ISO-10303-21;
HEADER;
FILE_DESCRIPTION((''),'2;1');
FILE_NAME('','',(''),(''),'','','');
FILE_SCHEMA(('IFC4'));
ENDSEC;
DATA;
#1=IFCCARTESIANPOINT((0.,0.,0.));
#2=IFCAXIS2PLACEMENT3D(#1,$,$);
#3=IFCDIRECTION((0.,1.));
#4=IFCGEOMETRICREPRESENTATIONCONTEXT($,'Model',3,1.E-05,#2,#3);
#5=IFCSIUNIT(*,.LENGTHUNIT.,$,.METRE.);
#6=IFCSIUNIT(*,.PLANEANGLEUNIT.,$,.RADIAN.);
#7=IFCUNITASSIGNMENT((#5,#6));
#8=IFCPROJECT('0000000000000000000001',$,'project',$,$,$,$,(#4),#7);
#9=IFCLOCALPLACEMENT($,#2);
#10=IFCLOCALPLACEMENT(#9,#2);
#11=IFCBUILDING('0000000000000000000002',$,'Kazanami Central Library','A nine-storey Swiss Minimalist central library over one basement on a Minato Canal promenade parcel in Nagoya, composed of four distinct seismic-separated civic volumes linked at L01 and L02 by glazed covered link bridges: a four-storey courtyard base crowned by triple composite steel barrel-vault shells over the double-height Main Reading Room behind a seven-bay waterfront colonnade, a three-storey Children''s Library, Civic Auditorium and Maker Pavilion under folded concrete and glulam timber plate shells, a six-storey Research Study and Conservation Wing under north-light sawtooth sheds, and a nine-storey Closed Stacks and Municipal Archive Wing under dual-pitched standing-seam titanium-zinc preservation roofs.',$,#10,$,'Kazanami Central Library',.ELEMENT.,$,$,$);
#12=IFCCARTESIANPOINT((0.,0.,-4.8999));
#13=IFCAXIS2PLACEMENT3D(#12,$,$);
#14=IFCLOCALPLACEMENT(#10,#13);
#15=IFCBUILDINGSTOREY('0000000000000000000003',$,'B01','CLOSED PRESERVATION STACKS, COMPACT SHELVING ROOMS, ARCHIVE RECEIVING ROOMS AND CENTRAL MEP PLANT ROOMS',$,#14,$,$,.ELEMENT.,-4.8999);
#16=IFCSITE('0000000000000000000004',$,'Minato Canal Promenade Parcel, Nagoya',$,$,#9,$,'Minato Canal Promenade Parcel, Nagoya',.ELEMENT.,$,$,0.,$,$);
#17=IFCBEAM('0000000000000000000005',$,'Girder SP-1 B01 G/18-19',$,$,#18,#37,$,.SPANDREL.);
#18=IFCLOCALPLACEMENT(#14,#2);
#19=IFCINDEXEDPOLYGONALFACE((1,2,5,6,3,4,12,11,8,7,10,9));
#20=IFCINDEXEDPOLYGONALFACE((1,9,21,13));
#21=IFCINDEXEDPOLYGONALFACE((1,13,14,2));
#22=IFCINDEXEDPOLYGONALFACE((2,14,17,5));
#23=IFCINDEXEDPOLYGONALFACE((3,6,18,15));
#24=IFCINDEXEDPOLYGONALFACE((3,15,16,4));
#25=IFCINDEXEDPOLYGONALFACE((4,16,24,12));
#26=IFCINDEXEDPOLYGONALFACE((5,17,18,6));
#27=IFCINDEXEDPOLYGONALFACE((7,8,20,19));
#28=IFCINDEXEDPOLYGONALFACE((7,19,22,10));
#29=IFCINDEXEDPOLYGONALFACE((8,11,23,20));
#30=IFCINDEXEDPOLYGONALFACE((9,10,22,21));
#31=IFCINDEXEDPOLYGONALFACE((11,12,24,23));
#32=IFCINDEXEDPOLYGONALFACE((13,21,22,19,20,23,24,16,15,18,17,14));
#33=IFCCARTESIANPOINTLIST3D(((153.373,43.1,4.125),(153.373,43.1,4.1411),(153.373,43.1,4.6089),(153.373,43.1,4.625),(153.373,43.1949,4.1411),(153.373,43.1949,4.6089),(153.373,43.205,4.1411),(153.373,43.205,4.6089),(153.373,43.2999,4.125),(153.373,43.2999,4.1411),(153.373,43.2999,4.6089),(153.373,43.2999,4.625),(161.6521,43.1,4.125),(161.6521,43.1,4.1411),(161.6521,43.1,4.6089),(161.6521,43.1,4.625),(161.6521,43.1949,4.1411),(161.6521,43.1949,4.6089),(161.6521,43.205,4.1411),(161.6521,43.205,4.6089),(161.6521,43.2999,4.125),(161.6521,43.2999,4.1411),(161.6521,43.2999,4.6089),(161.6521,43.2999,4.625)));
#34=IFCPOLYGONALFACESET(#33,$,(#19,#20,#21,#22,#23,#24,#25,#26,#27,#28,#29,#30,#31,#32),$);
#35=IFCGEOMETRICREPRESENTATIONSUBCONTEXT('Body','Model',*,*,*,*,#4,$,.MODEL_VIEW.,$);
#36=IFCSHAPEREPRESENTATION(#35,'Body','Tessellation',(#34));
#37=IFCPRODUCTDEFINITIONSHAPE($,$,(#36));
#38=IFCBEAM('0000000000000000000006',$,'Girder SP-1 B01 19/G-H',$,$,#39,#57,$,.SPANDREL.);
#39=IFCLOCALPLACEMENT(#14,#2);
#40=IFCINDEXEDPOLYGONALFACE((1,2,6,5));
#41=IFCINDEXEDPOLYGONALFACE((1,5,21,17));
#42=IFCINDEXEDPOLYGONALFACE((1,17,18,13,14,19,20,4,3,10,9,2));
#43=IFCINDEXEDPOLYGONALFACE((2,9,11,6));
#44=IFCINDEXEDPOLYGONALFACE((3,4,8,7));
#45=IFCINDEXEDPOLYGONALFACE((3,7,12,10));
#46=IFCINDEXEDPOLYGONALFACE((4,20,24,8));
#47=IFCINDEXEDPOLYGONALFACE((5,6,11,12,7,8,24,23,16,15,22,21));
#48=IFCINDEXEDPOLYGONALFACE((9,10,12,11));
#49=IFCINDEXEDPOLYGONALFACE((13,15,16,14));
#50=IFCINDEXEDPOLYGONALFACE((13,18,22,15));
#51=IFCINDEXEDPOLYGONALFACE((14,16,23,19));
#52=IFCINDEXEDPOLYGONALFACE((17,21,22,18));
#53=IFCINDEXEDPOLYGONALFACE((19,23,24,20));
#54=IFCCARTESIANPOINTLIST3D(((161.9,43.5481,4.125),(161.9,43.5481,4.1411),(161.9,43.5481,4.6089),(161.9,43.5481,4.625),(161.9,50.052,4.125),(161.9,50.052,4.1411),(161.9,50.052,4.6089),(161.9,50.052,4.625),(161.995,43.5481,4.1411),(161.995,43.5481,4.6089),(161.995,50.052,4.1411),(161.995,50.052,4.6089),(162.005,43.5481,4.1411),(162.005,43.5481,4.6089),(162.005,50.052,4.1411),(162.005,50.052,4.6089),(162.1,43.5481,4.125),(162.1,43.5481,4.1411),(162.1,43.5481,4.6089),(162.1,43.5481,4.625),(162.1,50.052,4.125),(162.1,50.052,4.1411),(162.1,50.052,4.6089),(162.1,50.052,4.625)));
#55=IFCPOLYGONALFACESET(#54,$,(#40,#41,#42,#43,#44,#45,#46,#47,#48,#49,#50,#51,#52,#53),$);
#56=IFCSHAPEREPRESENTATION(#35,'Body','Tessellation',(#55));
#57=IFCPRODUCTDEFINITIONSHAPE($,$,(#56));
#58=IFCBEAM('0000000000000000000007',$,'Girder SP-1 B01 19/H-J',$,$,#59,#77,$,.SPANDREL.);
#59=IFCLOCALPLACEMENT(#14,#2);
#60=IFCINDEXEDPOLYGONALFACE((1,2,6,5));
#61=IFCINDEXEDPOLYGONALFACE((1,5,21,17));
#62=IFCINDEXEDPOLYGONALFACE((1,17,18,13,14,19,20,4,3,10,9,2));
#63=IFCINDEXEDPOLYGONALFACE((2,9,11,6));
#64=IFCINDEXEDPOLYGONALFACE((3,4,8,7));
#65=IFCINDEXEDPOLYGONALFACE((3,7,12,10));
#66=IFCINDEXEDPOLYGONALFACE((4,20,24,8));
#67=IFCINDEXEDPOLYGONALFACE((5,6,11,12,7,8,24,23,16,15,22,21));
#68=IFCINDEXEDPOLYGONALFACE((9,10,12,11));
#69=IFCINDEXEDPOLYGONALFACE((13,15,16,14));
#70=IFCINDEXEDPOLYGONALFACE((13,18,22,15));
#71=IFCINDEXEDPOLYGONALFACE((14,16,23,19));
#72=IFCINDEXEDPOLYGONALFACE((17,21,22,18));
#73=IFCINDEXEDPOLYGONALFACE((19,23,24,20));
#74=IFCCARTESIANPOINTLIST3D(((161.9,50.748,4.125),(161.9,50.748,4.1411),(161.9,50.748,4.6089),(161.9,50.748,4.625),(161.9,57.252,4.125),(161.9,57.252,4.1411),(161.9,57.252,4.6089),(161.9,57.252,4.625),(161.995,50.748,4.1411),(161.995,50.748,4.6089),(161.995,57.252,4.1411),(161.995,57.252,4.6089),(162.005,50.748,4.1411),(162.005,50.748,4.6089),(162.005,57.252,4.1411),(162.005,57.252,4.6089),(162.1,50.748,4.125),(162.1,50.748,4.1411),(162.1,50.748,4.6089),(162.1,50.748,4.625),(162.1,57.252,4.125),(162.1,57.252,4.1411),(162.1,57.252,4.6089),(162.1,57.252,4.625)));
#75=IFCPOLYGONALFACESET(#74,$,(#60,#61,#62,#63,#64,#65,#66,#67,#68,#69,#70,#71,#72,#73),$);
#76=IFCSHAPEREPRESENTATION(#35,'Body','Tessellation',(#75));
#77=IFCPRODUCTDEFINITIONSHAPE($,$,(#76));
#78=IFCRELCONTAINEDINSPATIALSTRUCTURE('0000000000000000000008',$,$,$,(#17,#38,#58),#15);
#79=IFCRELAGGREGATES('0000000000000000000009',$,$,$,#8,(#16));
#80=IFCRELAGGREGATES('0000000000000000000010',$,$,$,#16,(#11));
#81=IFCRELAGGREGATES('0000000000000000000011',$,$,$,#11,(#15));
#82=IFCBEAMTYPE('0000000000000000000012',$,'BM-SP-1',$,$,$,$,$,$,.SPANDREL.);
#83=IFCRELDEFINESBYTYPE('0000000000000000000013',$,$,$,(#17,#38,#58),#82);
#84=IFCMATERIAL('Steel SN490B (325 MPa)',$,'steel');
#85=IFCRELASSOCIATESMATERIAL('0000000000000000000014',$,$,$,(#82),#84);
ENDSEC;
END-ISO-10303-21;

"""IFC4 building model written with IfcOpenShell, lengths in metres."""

from ifc_helpers import new_model, si_unit, direction, frame, origin, origin_2d, place, context, subcontext, project, spatial, i_section, extrude, material, material_profile, profile_set, type_object, element, save


model = new_model("IFC4")

# Units and contexts
model_context = context("Model", 3, precision=1e-05, world=origin(), true_north=direction((0.0, 1.0)))
body_context = subcontext(model_context, "Body", "Model", "MODEL_VIEW")
ifc_project = project(units=[si_unit("LENGTHUNIT", "METRE"), si_unit("PLANEANGLEUNIT", "RADIAN")], contexts=[model_context])

# Site, building, storey
site_placement = place(None, origin())
site = spatial("IfcSite", under=ifc_project, at=site_placement, Name="Minato Canal Promenade Parcel, Nagoya", LongName="Minato Canal Promenade Parcel, Nagoya", CompositionType="ELEMENT", RefElevation=0.0)
building_placement = place(site_placement, origin())
building = spatial("IfcBuilding", under=site, at=building_placement, Name="Kazanami Central Library", Description="A nine-storey Swiss Minimalist central library over one basement on a Minato Canal promenade parcel in Nagoya, composed of four distinct seismic-separated civic volumes linked at L01 and L02 by glazed covered link bridges: a four-storey courtyard base crowned by triple composite steel barrel-vault shells over the double-height Main Reading Room behind a seven-bay waterfront colonnade, a three-storey Children's Library, Civic Auditorium and Maker Pavilion under folded concrete and glulam timber plate shells, a six-storey Research Study and Conservation Wing under north-light sawtooth sheds, and a nine-storey Closed Stacks and Municipal Archive Wing under dual-pitched standing-seam titanium-zinc preservation roofs.", LongName="Kazanami Central Library", CompositionType="ELEMENT")
storey_placement = place(building_placement, frame((0.0, 0.0, -4.8999)))
storey = spatial("IfcBuildingStorey", under=building, at=storey_placement, Name="B01", Description="CLOSED PRESERVATION STACKS, COMPACT SHELVING ROOMS, ARCHIVE RECEIVING ROOMS AND CENTRAL MEP PLANT ROOMS", CompositionType="ELEMENT", Elevation=-4.8999)

# Beams
ifc_material_1 = material(Name="Steel SN490B (325 MPa)", Category="steel")
ifc_material_profile_1 = material_profile(ifc_material_1, i_section(OverallWidth=0.2, OverallDepth=0.5, WebThickness=0.01, FlangeThickness=0.0161, at=origin_2d()), Name="H-500x200x10x16")
ifc_profile_set_1 = profile_set([ifc_material_profile_1], Name="Steel SN490B (325 MPa)")
beam_type_1 = type_object("IfcBeamType", Name="BM-SP-1", PredefinedType="SPANDREL", material=ifc_profile_set_1)
beam_1_placement = place(storey_placement, frame((153.373, 43.2, 4.375), z_axis=(1.0, 0.0, 0.0), x_axis=(0.0, 1.0, 0.0)))
element("IfcBeam", 1, at=beam_1_placement, inside=storey, type_object=beam_type_1, Name="Girder SP-1 B01 G/18-19", PredefinedType="SPANDREL", context=body_context, shape_type="SweptSolid", body=[
    extrude(i_section(OverallWidth=0.2, OverallDepth=0.5, WebThickness=0.01, FlangeThickness=0.0161, at=origin_2d()), origin(), (0.0, 0.0, 1.0), 8.2791),
])
for number, where, z_axis, x_axis, name in (
    (2, (162.0, 43.5481, 4.375), (0.0, 1.0, 0.0), (-1.0, 0.0, 0.0), "Girder SP-1 B01 19/G-H"),
    (3, (162.0, 50.748, 4.375), (0.0, 1.0, 0.0), (-1.0, 0.0, 0.0), "Girder SP-1 B01 19/H-J"),
):
    element("IfcBeam", number, at=place(storey_placement, frame(where, z_axis=z_axis, x_axis=x_axis)), inside=storey, type_object=beam_type_1, Name=name, PredefinedType="SPANDREL", context=body_context, shape_type="SweptSolid", body=[
        extrude(i_section(OverallWidth=0.2, OverallDepth=0.5, WebThickness=0.01, FlangeThickness=0.0161, at=origin_2d()), origin(), (0.0, 0.0, 1.0), 6.5039),
    ])

save(model, "model.ifc")
